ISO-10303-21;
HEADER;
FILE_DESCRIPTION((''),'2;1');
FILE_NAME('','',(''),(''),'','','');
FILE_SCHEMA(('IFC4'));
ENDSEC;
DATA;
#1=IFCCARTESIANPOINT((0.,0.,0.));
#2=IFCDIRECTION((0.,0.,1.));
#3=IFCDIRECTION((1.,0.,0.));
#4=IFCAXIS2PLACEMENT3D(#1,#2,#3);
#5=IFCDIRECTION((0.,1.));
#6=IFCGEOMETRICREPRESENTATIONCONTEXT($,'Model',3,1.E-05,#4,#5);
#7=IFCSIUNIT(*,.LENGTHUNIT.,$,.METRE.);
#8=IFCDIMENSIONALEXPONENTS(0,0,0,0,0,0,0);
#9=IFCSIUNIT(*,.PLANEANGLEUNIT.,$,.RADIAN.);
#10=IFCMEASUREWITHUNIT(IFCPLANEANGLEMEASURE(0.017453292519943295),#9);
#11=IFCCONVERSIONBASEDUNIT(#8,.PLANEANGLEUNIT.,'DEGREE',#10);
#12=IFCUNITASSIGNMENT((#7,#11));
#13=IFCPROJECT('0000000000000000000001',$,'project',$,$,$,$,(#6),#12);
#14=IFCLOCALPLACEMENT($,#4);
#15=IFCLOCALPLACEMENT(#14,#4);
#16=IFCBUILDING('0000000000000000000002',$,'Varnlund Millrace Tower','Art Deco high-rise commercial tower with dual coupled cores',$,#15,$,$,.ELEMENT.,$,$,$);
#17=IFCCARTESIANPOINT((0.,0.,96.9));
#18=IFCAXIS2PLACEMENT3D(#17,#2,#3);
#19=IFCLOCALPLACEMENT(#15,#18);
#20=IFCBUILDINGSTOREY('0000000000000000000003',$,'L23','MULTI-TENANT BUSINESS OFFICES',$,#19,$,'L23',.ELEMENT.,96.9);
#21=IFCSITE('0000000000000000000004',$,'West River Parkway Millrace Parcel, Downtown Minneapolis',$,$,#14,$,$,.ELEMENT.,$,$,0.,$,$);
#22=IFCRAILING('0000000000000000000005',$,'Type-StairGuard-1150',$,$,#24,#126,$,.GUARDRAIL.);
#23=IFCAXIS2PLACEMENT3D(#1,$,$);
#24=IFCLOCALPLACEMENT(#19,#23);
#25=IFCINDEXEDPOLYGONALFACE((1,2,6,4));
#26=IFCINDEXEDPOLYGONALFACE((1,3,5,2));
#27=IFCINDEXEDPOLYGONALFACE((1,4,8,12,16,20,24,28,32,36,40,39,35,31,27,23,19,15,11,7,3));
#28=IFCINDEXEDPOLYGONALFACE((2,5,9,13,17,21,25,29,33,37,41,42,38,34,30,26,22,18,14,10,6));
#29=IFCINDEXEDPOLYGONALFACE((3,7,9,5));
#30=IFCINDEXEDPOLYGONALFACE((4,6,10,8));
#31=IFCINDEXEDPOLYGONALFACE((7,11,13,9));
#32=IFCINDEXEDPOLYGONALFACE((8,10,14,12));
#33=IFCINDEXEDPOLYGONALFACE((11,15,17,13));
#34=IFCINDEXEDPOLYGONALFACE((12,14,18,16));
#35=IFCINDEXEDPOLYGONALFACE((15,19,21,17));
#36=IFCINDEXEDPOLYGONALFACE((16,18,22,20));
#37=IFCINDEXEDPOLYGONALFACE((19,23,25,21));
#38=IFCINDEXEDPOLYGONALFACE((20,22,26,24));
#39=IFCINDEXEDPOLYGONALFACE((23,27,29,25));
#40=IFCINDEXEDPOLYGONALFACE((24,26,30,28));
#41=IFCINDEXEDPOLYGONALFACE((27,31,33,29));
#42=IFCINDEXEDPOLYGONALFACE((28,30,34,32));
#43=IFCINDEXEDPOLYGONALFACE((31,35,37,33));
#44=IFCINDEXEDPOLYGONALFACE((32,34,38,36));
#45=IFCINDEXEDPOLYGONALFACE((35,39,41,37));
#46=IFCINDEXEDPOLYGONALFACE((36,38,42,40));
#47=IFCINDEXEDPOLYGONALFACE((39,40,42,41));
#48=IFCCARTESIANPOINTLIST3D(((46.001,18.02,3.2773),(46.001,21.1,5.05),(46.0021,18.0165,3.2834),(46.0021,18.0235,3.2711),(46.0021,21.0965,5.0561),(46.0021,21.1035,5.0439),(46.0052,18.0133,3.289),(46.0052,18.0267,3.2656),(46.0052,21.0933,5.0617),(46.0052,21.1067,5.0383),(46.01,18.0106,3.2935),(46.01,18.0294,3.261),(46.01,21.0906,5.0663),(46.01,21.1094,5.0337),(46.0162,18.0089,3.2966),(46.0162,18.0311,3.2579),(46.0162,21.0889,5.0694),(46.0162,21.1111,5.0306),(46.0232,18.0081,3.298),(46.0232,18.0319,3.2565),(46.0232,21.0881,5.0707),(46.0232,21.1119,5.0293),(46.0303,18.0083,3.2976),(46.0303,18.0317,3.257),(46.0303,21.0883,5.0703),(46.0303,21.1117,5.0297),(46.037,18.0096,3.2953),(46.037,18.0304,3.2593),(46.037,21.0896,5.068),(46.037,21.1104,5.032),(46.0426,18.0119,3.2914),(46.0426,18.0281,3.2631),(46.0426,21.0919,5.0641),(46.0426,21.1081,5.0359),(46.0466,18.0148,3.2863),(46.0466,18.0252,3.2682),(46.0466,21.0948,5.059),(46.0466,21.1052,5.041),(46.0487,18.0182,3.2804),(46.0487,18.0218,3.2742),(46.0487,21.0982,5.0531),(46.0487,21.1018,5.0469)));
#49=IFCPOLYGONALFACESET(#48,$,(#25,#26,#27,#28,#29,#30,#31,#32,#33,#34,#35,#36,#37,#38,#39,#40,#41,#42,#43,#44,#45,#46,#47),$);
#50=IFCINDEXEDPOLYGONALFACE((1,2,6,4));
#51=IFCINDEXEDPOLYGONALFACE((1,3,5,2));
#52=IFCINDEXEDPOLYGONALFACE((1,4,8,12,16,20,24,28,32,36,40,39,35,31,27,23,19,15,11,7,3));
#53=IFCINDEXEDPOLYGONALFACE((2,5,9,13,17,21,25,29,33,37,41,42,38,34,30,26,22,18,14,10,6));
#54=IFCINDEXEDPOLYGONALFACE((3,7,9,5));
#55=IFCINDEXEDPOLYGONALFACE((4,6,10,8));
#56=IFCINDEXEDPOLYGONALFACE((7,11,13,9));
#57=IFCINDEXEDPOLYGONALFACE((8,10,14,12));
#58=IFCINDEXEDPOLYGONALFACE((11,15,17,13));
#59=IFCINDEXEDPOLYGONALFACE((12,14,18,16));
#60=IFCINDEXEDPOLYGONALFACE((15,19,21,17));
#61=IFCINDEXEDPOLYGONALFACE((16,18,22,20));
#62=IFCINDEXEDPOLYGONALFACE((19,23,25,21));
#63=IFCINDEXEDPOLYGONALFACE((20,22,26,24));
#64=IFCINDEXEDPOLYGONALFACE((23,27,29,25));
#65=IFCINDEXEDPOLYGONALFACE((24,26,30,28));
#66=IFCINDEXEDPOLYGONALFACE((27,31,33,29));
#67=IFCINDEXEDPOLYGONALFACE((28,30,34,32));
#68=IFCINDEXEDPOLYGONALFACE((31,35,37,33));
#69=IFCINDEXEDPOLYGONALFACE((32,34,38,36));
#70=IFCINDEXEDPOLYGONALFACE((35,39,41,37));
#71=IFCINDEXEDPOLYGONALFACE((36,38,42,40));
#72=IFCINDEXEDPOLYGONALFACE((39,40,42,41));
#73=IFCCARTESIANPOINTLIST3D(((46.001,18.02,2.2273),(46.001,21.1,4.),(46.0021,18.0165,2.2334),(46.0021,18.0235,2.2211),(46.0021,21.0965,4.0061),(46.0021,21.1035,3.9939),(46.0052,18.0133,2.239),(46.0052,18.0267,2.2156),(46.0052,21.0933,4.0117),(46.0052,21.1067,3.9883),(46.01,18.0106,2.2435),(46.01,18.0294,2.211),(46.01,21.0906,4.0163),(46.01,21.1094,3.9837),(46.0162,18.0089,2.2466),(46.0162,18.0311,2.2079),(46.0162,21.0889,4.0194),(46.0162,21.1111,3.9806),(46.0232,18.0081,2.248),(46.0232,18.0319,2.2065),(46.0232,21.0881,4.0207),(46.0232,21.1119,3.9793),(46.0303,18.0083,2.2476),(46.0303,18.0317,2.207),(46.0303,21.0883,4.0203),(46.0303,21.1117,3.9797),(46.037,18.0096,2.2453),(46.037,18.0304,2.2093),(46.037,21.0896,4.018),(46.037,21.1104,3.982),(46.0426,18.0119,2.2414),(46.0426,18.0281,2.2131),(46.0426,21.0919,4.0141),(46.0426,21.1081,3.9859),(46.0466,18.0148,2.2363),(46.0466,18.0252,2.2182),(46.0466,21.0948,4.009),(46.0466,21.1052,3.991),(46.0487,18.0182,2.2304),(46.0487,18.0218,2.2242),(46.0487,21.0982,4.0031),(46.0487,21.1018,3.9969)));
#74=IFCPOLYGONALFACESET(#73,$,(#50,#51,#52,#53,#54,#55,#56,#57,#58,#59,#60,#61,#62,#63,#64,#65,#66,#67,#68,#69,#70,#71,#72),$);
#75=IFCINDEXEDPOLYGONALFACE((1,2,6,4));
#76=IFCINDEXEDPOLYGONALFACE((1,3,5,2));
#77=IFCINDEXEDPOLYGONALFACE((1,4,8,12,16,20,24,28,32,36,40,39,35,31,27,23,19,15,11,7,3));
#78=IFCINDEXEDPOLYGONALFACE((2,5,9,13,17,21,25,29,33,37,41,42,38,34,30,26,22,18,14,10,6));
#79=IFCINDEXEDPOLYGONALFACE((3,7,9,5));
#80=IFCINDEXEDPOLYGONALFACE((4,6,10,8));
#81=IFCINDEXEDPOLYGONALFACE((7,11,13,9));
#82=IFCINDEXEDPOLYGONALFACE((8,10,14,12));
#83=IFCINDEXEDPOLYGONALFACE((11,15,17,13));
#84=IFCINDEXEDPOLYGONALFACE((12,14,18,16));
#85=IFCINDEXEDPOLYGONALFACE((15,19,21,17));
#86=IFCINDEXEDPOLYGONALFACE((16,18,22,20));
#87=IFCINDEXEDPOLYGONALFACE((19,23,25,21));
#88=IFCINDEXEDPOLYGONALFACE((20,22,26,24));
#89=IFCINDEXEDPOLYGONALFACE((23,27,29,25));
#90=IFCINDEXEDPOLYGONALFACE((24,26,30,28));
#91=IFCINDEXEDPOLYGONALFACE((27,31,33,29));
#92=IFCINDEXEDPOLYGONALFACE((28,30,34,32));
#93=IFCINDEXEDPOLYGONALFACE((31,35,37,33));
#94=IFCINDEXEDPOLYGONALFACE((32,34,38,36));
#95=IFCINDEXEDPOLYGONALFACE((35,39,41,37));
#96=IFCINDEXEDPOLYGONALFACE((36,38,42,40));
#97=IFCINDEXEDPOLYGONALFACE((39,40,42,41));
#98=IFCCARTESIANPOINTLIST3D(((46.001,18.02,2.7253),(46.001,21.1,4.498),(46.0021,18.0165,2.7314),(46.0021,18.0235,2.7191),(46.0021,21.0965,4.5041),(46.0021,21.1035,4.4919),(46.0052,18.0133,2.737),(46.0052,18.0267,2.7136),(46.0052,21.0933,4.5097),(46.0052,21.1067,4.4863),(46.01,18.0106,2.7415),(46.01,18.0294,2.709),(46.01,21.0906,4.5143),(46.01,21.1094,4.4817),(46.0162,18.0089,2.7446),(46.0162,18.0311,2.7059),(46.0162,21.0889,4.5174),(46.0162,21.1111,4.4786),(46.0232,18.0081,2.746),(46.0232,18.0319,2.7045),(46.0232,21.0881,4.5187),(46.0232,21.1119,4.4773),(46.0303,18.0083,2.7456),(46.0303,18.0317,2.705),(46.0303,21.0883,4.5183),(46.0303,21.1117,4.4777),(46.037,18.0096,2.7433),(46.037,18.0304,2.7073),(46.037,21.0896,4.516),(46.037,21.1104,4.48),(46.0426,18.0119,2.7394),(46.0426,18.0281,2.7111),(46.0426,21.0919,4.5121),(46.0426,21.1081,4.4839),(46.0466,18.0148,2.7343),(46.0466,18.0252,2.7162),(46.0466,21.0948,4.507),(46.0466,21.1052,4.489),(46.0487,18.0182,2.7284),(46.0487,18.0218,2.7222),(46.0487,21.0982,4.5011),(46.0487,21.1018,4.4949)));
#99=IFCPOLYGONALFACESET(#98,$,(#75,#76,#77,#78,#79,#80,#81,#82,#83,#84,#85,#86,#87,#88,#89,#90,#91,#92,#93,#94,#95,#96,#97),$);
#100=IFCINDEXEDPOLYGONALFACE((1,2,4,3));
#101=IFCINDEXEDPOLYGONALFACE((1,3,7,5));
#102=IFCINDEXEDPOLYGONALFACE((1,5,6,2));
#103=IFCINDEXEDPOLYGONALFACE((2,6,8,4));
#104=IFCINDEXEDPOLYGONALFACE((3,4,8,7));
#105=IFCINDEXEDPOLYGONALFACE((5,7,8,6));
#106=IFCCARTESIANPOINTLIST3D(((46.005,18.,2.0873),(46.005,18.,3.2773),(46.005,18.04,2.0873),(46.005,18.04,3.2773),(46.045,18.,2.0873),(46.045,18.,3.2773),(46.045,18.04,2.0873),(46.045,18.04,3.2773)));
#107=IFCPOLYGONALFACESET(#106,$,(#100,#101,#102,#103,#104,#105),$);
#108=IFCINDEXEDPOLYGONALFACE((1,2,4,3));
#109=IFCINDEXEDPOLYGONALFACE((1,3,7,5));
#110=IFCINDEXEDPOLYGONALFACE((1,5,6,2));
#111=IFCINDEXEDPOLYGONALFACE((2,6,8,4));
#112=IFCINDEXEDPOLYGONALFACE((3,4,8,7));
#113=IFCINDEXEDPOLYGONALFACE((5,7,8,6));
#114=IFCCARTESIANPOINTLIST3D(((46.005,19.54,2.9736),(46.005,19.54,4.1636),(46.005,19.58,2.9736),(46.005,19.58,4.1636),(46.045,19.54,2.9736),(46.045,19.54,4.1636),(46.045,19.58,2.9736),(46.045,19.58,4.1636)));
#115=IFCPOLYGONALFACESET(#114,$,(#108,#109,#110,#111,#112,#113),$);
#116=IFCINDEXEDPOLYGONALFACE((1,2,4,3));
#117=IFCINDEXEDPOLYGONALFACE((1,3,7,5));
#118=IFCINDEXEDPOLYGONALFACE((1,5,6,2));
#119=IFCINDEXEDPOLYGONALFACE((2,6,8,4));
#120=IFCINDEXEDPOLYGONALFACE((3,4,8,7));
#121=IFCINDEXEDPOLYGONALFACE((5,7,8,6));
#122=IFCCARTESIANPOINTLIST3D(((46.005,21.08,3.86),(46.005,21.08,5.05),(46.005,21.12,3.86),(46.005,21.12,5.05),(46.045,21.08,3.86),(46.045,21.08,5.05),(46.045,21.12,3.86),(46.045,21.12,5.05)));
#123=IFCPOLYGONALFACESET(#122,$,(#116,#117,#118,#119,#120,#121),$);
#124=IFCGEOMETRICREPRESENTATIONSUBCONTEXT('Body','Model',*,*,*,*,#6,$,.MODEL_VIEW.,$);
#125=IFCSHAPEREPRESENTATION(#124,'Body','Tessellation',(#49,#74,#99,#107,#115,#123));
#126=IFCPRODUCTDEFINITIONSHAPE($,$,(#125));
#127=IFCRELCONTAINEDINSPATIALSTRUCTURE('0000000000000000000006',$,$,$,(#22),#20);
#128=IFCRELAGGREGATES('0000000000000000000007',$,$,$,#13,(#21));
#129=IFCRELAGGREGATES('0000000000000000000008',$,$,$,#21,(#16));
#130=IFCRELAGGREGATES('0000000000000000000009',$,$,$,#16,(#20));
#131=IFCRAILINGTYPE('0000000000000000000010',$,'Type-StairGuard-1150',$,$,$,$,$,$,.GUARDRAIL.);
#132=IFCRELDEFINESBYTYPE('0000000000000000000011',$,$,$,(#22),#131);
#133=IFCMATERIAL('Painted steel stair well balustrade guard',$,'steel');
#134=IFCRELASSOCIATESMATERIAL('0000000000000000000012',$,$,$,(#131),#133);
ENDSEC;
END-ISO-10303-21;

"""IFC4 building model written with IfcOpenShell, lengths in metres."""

from ifc_helpers import new_model, entity, si_unit, converted_unit, direction, frame, origin_with_axes, origin_2d_with_axis, place, context, subcontext, project, spatial, rectangle, circle, extrude, material, type_object, element, save


model = new_model("IFC4")

# Units and contexts
model_context = context("Model", 3, precision=1e-05, world=origin_with_axes(), true_north=direction((0.0, 1.0)))
body_context = subcontext(model_context, "Body", "Model", "MODEL_VIEW")
ifc_project = project(units=[si_unit("LENGTHUNIT", "METRE"), converted_unit("PLANEANGLEUNIT", "DEGREE", entity("IfcPlaneAngleMeasure", 0.017453292519943295), si_unit("PLANEANGLEUNIT", "RADIAN"), dimensions=[0, 0, 0, 0, 0, 0, 0])], contexts=[model_context])

# Site, building, storey
site_placement = place(None, origin_with_axes())
site = spatial("IfcSite", under=ifc_project, at=site_placement, Name="West River Parkway Millrace Parcel, Downtown Minneapolis", CompositionType="ELEMENT", RefElevation=0.0)
building_placement = place(site_placement, origin_with_axes())
building = spatial("IfcBuilding", under=site, at=building_placement, Name="Varnlund Millrace Tower", Description="Art Deco high-rise commercial tower with dual coupled cores", CompositionType="ELEMENT")
storey_placement = place(building_placement, frame((0.0, 0.0, 96.9), z_axis=(0.0, 0.0, 1.0), x_axis=(1.0, 0.0, 0.0)))
storey = spatial("IfcBuildingStorey", under=building, at=storey_placement, Name="L23", Description="MULTI-TENANT BUSINESS OFFICES", LongName="L23", CompositionType="ELEMENT", Elevation=96.9)

# Railing
ifc_material_1 = material(Name="Painted steel stair well balustrade guard", Category="steel")
railing_type_1 = type_object("IfcRailingType", Name="Type-StairGuard-1150", PredefinedType="GUARDRAIL", material=ifc_material_1)
railing_1_placement = place(storey_placement, frame((0.0, 0.0, -96.9), z_axis=(0.0, 0.0, 1.0), x_axis=(1.0, 0.0, 0.0)))
element("IfcRailing", 1, at=railing_1_placement, inside=storey, type_object=railing_type_1, Name="Type-StairGuard-1150", PredefinedType="GUARDRAIL", context=body_context, shape_type="SweptSolid", body=[
    extrude(circle(Radius=0.024, at=origin_2d_with_axis()), frame((46.025, 18.02, 100.1773), z_axis=(0.0, 0.866696, 0.498836), x_axis=(-1.0, 0.0, 0.0)), (0.0, 0.0, 1.0), 3.5537),
    extrude(circle(Radius=0.024, at=origin_2d_with_axis()), frame((46.025, 18.02, 99.1273), z_axis=(0.0, 0.866696, 0.498836), x_axis=(-1.0, 0.0, 0.0)), (0.0, 0.0, 1.0), 3.5537),
    extrude(circle(Radius=0.024, at=origin_2d_with_axis()), frame((46.025, 18.02, 99.6253), z_axis=(0.0, 0.866696, 0.498836), x_axis=(-1.0, 0.0, 0.0)), (0.0, 0.0, 1.0), 3.5537),
    extrude(rectangle(XDim=0.04, YDim=0.04, at=origin_2d_with_axis()), frame((46.025, 18.02, 98.9873), z_axis=(0.0, 0.0, 1.0), x_axis=(1.0, 0.0, 0.0)), (0.0, 0.0, 1.0), 1.19),
    extrude(rectangle(XDim=0.04, YDim=0.04, at=origin_2d_with_axis()), frame((46.025, 19.56, 99.8736), z_axis=(0.0, 0.0, 1.0), x_axis=(1.0, 0.0, 0.0)), (0.0, 0.0, 1.0), 1.19),
    extrude(rectangle(XDim=0.04, YDim=0.04, at=origin_2d_with_axis()), frame((46.025, 21.1, 100.76), z_axis=(0.0, 0.0, 1.0), x_axis=(1.0, 0.0, 0.0)), (0.0, 0.0, 1.0), 1.19),
])

save(model, "model.ifc")
